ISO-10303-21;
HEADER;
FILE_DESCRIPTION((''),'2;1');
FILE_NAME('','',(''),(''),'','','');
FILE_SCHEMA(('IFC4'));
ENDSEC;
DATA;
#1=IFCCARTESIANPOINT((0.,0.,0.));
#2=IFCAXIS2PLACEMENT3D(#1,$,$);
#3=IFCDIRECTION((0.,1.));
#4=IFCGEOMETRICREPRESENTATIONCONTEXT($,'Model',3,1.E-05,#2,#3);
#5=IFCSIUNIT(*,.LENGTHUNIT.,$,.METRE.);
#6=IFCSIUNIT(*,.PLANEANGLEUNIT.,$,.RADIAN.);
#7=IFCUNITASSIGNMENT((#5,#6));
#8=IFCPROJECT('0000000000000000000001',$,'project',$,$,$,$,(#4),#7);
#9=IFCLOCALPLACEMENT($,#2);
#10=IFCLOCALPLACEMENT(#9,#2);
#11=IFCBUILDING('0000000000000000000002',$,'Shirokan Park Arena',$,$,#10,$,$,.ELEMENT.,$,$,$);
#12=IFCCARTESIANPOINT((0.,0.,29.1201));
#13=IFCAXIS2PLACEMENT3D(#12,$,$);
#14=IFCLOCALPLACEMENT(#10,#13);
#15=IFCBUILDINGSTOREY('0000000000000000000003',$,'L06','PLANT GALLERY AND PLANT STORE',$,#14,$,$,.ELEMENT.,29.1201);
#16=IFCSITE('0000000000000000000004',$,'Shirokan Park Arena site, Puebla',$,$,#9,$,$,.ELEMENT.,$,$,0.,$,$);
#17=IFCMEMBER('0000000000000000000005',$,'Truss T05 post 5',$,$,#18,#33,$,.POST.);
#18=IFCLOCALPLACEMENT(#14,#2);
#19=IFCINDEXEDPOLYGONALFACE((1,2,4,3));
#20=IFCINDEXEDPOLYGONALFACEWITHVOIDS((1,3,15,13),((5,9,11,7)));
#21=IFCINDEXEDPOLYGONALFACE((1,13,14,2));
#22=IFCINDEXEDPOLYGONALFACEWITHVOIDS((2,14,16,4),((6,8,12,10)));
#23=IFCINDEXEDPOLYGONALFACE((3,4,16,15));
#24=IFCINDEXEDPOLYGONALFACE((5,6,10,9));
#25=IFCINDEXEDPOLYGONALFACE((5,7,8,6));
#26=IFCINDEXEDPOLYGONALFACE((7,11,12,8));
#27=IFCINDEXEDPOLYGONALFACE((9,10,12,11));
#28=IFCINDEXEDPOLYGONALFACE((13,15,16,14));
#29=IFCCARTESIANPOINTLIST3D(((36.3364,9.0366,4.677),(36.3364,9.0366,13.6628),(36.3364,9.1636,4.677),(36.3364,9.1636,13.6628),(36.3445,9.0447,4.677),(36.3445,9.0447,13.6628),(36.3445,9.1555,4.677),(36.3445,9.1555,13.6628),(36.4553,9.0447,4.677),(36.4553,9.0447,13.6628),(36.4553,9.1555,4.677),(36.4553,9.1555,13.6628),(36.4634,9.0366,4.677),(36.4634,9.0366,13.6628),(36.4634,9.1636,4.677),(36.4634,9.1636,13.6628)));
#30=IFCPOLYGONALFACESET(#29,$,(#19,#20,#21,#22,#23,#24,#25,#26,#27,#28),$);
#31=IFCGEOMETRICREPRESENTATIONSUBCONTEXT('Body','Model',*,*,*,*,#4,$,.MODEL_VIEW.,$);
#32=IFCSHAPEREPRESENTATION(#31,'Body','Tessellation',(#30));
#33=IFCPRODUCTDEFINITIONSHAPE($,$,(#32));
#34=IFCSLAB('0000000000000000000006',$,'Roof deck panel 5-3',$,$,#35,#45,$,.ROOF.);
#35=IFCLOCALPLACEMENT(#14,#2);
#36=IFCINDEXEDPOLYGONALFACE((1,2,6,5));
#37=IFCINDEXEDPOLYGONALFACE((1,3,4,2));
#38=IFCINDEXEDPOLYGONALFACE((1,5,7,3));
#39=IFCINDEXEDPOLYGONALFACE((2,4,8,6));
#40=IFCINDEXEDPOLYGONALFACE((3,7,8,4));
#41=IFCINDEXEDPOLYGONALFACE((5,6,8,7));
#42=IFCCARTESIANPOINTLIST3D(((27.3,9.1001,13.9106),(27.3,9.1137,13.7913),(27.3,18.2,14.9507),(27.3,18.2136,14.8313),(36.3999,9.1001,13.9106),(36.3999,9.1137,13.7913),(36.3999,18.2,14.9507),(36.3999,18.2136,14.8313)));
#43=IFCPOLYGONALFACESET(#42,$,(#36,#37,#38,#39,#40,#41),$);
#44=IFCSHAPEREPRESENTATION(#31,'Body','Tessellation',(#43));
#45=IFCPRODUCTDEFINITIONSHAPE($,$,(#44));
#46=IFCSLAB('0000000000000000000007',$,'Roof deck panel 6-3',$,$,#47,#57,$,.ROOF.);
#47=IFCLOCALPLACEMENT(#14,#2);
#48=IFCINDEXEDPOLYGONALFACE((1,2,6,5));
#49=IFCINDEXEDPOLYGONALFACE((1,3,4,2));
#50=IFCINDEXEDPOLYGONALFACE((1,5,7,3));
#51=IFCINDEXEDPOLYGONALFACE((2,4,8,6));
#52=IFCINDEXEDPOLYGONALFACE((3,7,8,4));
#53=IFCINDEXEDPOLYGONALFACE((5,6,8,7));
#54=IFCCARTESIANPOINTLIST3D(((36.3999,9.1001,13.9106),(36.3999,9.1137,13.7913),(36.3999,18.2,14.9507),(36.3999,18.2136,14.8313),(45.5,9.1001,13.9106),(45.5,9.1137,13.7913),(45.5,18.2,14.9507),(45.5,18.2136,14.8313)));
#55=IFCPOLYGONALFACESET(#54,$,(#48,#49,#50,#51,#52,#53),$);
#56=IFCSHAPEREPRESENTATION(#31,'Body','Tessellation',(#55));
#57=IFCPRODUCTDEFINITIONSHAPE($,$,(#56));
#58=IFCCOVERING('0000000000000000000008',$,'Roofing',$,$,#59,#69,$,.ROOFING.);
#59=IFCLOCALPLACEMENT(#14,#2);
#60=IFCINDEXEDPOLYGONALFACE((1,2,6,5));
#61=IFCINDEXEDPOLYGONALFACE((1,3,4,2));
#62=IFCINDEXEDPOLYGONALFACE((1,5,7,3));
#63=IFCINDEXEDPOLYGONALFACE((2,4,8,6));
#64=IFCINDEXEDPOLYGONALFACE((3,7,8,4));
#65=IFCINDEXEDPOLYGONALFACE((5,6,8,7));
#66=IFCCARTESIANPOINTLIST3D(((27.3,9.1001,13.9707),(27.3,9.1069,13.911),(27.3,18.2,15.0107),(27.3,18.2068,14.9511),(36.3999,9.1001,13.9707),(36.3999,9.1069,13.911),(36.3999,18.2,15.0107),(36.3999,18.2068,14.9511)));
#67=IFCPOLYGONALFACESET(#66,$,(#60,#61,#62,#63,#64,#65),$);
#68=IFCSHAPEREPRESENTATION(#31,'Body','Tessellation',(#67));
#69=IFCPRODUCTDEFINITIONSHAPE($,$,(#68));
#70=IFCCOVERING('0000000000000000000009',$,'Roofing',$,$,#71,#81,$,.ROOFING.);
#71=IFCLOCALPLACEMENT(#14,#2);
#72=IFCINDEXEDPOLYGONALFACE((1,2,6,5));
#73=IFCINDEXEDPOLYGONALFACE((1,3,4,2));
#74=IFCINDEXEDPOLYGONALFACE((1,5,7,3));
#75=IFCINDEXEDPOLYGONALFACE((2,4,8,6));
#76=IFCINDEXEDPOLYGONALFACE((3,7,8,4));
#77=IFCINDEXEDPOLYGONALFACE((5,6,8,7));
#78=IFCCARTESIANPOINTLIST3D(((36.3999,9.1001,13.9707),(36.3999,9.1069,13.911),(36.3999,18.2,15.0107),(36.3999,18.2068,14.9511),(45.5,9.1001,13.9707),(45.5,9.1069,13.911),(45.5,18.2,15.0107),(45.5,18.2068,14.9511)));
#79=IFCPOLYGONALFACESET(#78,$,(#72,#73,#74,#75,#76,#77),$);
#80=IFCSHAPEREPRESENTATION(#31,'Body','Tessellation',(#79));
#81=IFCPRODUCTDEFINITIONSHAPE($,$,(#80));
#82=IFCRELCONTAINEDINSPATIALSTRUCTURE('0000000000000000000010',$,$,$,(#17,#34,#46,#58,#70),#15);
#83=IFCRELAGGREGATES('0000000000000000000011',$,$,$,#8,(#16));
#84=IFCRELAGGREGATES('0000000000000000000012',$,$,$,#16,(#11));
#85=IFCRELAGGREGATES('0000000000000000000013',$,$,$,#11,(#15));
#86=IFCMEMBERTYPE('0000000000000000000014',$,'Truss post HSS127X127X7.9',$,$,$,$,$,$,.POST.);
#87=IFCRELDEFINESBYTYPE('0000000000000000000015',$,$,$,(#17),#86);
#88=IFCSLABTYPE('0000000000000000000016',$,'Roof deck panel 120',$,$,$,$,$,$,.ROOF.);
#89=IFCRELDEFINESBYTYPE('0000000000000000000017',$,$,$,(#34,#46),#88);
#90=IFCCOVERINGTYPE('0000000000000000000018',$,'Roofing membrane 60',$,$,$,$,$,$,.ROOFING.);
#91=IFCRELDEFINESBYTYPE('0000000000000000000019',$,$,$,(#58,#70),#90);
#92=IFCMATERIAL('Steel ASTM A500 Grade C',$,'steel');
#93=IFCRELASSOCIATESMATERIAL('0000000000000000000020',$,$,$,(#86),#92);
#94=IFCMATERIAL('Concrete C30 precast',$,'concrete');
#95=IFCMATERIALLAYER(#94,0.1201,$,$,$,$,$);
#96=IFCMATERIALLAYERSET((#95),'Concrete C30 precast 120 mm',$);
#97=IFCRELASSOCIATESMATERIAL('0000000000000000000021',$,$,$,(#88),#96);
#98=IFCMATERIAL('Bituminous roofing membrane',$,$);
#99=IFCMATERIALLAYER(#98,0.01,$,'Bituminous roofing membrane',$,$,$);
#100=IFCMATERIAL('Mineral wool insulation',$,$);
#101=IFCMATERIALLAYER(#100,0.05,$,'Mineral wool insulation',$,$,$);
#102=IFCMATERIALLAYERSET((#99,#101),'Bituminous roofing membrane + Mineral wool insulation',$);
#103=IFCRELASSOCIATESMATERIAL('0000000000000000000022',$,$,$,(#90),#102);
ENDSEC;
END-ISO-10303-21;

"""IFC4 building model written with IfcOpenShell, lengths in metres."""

from ifc_helpers import new_model, si_unit, direction, frame, origin, origin_2d, place, context, subcontext, project, spatial, polyline, hollow_rectangle, outline, extrude, material, layer, layer_set, material_profile, profile_set, type_object, element, save


model = new_model("IFC4")

# Units and contexts
model_context = context("Model", 3, precision=1e-05, world=origin(), true_north=direction((0.0, 1.0)))
body_context = subcontext(model_context, "Body", "Model", "MODEL_VIEW")
ifc_project = project(units=[si_unit("LENGTHUNIT", "METRE"), si_unit("PLANEANGLEUNIT", "RADIAN")], contexts=[model_context])

# Site, building, storey
site_placement = place(None, origin())
site = spatial("IfcSite", under=ifc_project, at=site_placement, Name="Shirokan Park Arena site, Puebla", CompositionType="ELEMENT", RefElevation=0.0)
building_placement = place(site_placement, origin())
building = spatial("IfcBuilding", under=site, at=building_placement, Name="Shirokan Park Arena", CompositionType="ELEMENT")
storey_placement = place(building_placement, frame((0.0, 0.0, 29.1201)))
storey = spatial("IfcBuildingStorey", under=building, at=storey_placement, Name="L06", Description="PLANT GALLERY AND PLANT STORE", CompositionType="ELEMENT", Elevation=29.1201)

# Member
ifc_material_1 = material(Name="Steel ASTM A500 Grade C", Category="steel")
ifc_material_profile_1 = material_profile(ifc_material_1, hollow_rectangle(XDim=0.127, YDim=0.127, WallThickness=0.0081, at=origin_2d()), Name="HSS127X127X7.9")
ifc_profile_set_1 = profile_set([ifc_material_profile_1], Name="Steel ASTM A500 Grade C")
member_type_1 = type_object("IfcMemberType", Name="Truss post HSS127X127X7.9", PredefinedType="POST", material=ifc_profile_set_1)
member_1_placement = place(storey_placement, frame((36.3999, 9.1001, 4.677), z_axis=(0.0, 0.0, 1.0), x_axis=(1.0, 0.0, 0.0)))
element("IfcMember", 1, at=member_1_placement, inside=storey, type_object=member_type_1, Name="Truss T05 post 5", PredefinedType="POST", context=body_context, shape_type="SweptSolid", body=[
    extrude(hollow_rectangle(XDim=0.127, YDim=0.127, WallThickness=0.0081, at=origin_2d()), origin(), (0.0, 0.0, 1.0), 8.9858),
])

# Slabs
ifc_material_2 = material(Name="Concrete C30 precast", Category="concrete")
ifc_layer_1 = layer(ifc_material_2, 0.1201)
ifc_layer_set_1 = layer_set([ifc_layer_1], Name="Concrete C30 precast 120 mm")
slab_type = type_object("IfcSlabType", Name="Roof deck panel 120", PredefinedType="ROOF", material=ifc_layer_set_1)
slab_1_placement = place(storey_placement, frame((27.3, 9.1001, 13.9106), z_axis=(0.0, -0.113553, 0.993532), x_axis=(1.0, 0.0, 0.0)))
element("IfcSlab", 2, at=slab_1_placement, inside=storey, type_object=slab_type, Name="Roof deck panel 5-3", PredefinedType="ROOF", context=body_context, shape_type="SweptSolid", body=[
    extrude(outline(polyline([(0.0, 0.0), (9.0999, 0.0), (9.0999, 9.1591), (0.0, 9.1591), (0.0, 0.0)])), origin(), (0.0, 0.0, -1.0), 0.1201),
])
slab_2_placement = place(storey_placement, frame((36.3999, 9.1001, 13.9106), z_axis=(0.0, -0.113553, 0.993532), x_axis=(1.0, 0.0, 0.0)))
element("IfcSlab", 3, at=slab_2_placement, inside=storey, type_object=slab_type, Name="Roof deck panel 6-3", PredefinedType="ROOF", context=body_context, shape_type="SweptSolid", body=[
    extrude(outline(polyline([(0.0, 0.0), (9.1001, 0.0), (9.1001, 9.1591), (0.0, 9.1591), (0.0, 0.0)])), origin(), (0.0, 0.0, -1.0), 0.1201),
])

# Coverings
ifc_material_3 = material(Name="Bituminous roofing membrane")
ifc_layer_2 = layer(ifc_material_3, 0.01, Name="Bituminous roofing membrane")
ifc_material_4 = material(Name="Mineral wool insulation")
ifc_layer_3 = layer(ifc_material_4, 0.05, Name="Mineral wool insulation")
ifc_layer_set_2 = layer_set([ifc_layer_2, ifc_layer_3], Name="Bituminous roofing membrane + Mineral wool insulation")
covering_type = type_object("IfcCoveringType", Name="Roofing membrane 60", PredefinedType="ROOFING", material=ifc_layer_set_2)
covering_1_placement = place(storey_placement, frame((27.3, 9.1001, 13.9707), z_axis=(0.0, -0.113553, 0.993532), x_axis=(1.0, 0.0, 0.0)))
element("IfcCovering", 4, at=covering_1_placement, inside=storey, type_object=covering_type, Name="Roofing", PredefinedType="ROOFING", context=body_context, shape_type="SweptSolid", body=[
    extrude(outline(polyline([(0.0, 0.0), (9.0999, 0.0), (9.0999, 9.1591), (0.0, 9.1591), (0.0, 0.0)])), origin(), (0.0, 0.0, -1.0), 0.0601),
])
covering_2_placement = place(storey_placement, frame((36.3999, 9.1001, 13.9707), z_axis=(0.0, -0.113553, 0.993532), x_axis=(1.0, 0.0, 0.0)))
element("IfcCovering", 5, at=covering_2_placement, inside=storey, type_object=covering_type, Name="Roofing", PredefinedType="ROOFING", context=body_context, shape_type="SweptSolid", body=[
    extrude(outline(polyline([(0.0, 0.0), (9.1001, 0.0), (9.1001, 9.1591), (0.0, 9.1591), (0.0, 0.0)])), origin(), (0.0, 0.0, -1.0), 0.0601),
])

save(model, "model.ifc")
